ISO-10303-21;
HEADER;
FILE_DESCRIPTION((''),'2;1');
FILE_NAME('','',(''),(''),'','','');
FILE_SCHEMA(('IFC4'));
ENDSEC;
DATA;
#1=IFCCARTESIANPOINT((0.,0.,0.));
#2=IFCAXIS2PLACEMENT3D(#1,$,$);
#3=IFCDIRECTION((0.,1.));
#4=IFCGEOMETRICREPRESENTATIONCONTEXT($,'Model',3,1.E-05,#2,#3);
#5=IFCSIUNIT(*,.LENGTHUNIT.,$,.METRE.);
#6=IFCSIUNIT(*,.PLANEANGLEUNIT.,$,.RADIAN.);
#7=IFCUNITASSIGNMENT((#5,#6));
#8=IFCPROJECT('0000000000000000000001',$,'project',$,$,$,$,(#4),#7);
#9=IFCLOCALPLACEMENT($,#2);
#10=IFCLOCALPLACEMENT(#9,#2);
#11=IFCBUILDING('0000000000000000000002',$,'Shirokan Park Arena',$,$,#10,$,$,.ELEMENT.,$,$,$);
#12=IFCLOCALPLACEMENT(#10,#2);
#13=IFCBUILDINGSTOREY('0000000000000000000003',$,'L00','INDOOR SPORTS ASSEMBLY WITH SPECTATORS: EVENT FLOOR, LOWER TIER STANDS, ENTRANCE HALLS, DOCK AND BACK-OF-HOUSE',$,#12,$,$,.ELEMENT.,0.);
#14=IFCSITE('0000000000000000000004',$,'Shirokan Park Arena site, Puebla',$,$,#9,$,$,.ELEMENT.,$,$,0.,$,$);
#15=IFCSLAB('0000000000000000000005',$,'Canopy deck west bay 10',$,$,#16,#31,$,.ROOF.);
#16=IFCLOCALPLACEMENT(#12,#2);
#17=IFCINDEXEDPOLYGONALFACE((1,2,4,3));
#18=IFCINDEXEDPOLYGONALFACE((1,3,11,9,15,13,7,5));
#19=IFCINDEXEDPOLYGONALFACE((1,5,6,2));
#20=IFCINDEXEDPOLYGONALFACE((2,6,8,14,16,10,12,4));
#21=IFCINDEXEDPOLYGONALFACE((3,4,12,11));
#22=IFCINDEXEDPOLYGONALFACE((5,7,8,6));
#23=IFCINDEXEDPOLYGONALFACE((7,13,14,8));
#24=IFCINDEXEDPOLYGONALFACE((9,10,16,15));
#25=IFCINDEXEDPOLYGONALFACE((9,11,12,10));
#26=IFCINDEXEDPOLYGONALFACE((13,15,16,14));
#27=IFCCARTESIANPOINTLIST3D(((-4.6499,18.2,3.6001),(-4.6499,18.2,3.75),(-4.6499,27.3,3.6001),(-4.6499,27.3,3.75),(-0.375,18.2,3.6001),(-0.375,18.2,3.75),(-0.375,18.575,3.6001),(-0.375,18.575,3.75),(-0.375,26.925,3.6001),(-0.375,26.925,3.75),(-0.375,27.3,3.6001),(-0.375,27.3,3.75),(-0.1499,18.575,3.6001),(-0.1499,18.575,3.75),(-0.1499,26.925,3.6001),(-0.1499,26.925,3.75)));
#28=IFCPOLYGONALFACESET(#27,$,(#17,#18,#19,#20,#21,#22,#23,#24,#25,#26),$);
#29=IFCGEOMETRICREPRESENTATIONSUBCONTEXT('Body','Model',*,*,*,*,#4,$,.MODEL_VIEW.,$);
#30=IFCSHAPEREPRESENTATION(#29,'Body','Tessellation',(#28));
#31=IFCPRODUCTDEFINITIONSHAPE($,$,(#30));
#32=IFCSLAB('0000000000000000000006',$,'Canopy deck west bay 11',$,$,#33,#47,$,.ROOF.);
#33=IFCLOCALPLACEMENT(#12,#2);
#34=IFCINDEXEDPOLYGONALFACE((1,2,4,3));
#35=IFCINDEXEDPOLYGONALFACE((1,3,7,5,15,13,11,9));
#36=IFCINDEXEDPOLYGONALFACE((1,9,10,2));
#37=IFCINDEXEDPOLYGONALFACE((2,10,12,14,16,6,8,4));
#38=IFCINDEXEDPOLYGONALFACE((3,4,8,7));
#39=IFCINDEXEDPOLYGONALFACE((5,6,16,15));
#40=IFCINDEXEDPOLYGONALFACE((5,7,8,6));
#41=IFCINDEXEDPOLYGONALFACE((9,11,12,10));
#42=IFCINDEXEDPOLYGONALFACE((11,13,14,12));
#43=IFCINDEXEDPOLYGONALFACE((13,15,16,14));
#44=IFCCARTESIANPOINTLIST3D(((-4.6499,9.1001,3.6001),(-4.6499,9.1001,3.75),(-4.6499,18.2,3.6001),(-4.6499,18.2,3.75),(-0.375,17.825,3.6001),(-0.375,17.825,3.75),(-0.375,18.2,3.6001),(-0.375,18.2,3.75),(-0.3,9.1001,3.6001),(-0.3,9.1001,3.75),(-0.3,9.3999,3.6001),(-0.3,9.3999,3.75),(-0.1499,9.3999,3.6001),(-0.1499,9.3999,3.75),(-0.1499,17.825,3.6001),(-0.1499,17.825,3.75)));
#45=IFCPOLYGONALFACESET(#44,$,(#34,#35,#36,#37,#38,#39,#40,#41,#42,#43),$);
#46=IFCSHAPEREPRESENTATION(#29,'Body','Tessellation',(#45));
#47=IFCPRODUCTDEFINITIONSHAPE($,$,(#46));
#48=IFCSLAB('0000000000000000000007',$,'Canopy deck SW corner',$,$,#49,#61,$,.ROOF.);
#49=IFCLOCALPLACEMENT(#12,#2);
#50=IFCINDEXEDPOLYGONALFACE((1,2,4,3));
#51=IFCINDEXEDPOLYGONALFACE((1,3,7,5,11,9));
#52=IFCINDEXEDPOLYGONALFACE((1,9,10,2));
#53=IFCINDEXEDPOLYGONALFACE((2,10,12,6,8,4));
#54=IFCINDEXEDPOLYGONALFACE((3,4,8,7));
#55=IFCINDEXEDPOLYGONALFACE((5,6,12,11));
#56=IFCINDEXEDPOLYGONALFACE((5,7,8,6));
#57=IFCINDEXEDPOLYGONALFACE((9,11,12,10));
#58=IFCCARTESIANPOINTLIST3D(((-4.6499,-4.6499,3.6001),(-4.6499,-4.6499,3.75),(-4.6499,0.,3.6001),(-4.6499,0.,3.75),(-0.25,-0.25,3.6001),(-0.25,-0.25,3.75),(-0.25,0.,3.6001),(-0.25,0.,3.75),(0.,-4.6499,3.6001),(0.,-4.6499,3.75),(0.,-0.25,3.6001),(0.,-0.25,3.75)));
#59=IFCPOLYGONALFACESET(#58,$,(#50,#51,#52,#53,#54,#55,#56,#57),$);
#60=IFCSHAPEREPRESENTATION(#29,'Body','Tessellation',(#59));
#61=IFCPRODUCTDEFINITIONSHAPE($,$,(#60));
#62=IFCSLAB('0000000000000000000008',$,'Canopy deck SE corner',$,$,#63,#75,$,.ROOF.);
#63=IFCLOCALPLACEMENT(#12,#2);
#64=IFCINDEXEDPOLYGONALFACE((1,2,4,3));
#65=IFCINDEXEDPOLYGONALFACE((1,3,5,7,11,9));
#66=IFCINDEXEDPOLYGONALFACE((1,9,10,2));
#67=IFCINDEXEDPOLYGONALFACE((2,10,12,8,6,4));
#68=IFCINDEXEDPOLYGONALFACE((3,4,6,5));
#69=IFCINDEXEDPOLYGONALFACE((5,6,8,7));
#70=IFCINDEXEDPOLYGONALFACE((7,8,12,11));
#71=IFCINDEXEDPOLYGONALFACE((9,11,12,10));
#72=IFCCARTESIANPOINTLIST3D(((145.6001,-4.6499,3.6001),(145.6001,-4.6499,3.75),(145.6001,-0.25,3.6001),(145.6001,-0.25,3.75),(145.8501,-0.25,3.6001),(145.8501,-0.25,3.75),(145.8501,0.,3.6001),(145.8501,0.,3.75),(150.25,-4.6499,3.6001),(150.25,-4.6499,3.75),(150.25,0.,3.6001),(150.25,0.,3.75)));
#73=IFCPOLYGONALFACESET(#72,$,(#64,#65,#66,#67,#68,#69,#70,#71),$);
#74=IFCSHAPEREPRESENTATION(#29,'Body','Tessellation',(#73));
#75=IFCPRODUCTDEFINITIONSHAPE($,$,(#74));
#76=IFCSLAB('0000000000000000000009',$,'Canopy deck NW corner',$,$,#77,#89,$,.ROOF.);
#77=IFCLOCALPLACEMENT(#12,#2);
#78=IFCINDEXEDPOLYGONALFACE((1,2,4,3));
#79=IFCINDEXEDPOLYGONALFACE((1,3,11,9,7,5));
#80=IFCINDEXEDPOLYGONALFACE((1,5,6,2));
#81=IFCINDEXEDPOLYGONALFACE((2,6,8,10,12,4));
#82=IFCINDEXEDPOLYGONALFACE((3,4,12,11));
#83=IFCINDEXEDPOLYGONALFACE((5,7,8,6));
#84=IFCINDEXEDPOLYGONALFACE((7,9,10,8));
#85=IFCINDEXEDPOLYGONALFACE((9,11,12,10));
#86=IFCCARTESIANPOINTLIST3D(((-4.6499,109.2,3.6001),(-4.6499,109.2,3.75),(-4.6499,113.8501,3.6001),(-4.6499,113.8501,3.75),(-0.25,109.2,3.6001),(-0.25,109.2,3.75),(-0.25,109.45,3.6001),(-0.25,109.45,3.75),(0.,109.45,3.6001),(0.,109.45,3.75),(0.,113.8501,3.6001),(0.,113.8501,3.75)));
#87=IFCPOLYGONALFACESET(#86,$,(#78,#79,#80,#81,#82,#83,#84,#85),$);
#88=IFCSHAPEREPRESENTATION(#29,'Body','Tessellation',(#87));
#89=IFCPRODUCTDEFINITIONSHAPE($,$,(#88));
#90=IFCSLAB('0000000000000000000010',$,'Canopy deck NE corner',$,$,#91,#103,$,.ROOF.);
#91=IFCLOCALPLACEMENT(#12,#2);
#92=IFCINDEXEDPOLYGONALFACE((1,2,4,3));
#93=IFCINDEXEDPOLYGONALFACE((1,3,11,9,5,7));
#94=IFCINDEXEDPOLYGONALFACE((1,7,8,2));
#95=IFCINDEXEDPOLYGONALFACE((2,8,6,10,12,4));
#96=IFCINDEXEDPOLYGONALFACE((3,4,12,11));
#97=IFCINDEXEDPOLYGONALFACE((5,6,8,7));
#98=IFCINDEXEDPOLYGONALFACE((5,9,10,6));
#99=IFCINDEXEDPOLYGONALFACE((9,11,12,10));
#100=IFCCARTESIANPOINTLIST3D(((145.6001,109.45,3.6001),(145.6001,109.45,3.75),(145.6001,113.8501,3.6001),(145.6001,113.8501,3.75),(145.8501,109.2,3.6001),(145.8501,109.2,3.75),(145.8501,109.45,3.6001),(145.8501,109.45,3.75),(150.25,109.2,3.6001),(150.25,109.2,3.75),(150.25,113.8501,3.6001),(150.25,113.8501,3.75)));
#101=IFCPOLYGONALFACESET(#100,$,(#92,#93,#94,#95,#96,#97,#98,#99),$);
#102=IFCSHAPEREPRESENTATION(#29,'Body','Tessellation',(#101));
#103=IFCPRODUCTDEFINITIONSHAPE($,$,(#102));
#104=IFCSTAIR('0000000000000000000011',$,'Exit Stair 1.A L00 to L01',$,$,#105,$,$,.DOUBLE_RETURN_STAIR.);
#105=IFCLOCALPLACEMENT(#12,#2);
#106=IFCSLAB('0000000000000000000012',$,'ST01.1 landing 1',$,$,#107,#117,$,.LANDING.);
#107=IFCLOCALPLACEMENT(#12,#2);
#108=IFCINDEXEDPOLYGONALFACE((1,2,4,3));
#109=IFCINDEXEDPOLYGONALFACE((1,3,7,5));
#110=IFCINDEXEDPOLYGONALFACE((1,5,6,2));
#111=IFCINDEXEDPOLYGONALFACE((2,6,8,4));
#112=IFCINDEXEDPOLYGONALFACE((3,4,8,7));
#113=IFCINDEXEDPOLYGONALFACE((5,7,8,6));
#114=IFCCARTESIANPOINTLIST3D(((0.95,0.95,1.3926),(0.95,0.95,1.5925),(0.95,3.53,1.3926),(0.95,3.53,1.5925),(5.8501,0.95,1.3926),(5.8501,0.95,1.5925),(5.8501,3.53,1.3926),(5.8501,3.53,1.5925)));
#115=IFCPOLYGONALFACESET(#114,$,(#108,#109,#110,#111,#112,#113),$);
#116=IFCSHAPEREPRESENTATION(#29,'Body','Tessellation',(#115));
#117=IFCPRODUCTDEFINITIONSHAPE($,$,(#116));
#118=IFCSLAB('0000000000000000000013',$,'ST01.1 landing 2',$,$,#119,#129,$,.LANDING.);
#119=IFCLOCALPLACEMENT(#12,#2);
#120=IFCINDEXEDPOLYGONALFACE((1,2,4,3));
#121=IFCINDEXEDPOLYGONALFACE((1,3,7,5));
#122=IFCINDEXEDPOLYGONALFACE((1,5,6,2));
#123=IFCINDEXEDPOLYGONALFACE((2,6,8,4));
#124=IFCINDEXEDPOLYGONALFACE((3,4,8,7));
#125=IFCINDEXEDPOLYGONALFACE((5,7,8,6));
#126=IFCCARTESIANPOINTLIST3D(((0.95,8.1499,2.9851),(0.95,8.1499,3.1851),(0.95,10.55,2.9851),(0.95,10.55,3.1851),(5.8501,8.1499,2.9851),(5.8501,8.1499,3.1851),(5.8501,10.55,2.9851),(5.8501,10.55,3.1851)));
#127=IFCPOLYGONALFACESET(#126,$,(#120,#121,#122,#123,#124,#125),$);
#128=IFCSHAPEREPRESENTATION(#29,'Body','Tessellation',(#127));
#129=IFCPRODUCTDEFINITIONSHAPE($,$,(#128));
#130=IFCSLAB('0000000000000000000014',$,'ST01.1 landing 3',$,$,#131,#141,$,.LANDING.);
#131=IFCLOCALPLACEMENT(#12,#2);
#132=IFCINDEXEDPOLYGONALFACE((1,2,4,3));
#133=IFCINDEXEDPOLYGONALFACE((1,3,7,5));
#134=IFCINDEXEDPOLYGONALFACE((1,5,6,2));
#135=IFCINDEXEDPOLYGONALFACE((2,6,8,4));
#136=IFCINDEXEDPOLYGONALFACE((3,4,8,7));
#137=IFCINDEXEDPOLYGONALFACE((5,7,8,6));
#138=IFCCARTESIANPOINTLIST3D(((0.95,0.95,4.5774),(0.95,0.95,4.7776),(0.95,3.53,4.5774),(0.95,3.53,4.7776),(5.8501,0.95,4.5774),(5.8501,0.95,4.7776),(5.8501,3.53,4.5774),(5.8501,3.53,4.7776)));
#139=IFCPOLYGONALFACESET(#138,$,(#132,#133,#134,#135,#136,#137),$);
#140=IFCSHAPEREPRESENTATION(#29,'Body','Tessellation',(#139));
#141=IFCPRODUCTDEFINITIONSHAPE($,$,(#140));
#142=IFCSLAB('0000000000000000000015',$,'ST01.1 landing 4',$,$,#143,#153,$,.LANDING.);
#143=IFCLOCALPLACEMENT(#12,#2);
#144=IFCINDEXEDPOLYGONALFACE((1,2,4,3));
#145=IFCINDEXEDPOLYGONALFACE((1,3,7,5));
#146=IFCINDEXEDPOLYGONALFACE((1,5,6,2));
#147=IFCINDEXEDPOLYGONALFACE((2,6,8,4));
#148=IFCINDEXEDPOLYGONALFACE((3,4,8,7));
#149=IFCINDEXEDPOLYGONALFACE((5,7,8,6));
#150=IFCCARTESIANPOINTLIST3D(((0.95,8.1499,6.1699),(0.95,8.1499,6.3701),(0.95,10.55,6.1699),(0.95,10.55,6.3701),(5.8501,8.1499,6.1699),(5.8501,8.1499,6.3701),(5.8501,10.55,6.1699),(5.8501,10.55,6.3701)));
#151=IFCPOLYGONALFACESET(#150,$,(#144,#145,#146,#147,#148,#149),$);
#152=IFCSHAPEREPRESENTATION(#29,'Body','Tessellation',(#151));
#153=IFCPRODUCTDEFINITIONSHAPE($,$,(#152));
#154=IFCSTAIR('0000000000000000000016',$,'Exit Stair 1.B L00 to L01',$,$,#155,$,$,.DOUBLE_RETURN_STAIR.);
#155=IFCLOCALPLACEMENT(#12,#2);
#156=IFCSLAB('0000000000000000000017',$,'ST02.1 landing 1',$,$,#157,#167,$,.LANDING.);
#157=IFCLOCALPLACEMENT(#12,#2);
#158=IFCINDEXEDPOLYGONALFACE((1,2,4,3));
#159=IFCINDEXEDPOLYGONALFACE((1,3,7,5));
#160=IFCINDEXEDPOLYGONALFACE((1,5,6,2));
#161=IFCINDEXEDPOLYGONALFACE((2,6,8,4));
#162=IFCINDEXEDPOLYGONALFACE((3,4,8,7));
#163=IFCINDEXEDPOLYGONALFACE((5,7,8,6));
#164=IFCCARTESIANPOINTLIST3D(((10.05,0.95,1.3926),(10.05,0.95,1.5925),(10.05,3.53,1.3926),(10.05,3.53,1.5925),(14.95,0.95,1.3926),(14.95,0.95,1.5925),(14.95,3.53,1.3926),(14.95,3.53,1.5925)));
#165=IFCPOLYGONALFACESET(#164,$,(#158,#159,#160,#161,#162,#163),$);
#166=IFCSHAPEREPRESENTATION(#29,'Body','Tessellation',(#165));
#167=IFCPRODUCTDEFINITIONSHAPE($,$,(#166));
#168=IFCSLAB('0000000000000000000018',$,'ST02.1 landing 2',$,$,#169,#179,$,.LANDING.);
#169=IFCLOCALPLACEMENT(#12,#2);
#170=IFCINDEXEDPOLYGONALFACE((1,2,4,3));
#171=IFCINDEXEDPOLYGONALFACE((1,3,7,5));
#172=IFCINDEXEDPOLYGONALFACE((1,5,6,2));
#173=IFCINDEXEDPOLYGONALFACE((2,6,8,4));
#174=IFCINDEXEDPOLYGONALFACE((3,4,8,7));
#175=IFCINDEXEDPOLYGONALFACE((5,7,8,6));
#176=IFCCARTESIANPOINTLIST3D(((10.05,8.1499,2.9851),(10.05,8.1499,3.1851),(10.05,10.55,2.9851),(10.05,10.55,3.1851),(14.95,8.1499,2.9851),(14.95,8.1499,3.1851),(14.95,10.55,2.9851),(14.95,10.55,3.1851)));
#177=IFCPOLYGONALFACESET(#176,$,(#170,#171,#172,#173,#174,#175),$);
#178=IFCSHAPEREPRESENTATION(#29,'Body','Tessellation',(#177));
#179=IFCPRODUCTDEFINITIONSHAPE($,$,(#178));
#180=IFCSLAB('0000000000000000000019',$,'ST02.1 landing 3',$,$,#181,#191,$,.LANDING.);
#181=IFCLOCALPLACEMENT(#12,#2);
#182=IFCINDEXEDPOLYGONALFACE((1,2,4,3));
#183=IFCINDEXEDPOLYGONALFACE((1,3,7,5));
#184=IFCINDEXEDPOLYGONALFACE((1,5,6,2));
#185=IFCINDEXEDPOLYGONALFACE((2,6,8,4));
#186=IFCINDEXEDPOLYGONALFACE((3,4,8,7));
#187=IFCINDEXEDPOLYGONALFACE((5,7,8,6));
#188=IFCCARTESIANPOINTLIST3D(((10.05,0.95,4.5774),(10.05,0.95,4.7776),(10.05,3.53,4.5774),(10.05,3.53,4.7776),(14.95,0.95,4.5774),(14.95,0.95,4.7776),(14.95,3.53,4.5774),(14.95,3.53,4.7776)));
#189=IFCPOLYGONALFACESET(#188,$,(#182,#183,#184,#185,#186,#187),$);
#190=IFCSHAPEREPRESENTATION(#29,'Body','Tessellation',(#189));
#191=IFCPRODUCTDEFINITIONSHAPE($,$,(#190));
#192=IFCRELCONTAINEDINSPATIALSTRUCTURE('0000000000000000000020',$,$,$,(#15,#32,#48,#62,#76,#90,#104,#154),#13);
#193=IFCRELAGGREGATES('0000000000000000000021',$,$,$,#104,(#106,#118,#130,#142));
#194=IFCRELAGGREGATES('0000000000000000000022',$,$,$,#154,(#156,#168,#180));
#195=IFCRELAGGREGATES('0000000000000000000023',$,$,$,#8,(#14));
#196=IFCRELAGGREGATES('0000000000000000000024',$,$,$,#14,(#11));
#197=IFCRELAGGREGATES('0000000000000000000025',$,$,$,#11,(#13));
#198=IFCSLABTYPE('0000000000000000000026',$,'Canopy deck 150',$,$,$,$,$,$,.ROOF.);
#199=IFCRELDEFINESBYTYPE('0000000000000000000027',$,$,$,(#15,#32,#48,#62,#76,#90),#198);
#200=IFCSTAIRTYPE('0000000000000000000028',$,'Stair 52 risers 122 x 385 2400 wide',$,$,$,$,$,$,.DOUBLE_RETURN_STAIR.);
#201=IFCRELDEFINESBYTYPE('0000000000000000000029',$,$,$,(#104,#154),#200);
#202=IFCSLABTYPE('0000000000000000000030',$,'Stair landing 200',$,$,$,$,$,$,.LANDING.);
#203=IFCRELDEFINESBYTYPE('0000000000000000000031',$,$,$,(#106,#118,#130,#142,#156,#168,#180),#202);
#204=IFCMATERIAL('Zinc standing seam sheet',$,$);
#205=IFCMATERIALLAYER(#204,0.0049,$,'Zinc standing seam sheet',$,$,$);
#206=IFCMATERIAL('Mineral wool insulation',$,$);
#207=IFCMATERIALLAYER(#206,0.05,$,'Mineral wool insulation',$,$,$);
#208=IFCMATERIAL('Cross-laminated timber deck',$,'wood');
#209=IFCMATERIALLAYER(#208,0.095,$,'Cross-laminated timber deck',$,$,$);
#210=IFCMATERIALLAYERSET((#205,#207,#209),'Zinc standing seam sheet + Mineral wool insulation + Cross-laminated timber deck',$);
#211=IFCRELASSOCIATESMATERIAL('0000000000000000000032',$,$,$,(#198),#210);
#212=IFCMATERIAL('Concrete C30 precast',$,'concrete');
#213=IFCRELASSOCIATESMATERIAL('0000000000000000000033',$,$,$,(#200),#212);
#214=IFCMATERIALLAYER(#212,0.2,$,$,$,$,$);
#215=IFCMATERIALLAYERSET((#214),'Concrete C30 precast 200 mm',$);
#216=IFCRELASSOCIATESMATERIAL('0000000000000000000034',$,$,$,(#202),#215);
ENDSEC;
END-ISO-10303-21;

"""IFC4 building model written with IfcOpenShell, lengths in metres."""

from ifc_helpers import new_model, si_unit, direction, frame, origin, place, context, subcontext, project, spatial, polyline, outline, extrude, material, layer, layer_set, type_object, element, aggregate, save


model = new_model("IFC4")

# Units and contexts
model_context = context("Model", 3, precision=1e-05, world=origin(), true_north=direction((0.0, 1.0)))
body_context = subcontext(model_context, "Body", "Model", "MODEL_VIEW")
ifc_project = project(units=[si_unit("LENGTHUNIT", "METRE"), si_unit("PLANEANGLEUNIT", "RADIAN")], contexts=[model_context])

# Site, building, storey
site_placement = place(None, origin())
site = spatial("IfcSite", under=ifc_project, at=site_placement, Name="Shirokan Park Arena site, Puebla", CompositionType="ELEMENT", RefElevation=0.0)
building_placement = place(site_placement, origin())
building = spatial("IfcBuilding", under=site, at=building_placement, Name="Shirokan Park Arena", CompositionType="ELEMENT")
storey_placement = place(building_placement, origin())
storey = spatial("IfcBuildingStorey", under=building, at=storey_placement, Name="L00", Description="INDOOR SPORTS ASSEMBLY WITH SPECTATORS: EVENT FLOOR, LOWER TIER STANDS, ENTRANCE HALLS, DOCK AND BACK-OF-HOUSE", CompositionType="ELEMENT", Elevation=0.0)

# Slabs
ifc_material_1 = material(Name="Zinc standing seam sheet")
ifc_layer_1 = layer(ifc_material_1, 0.0049, Name="Zinc standing seam sheet")
ifc_material_2 = material(Name="Mineral wool insulation")
ifc_layer_2 = layer(ifc_material_2, 0.05, Name="Mineral wool insulation")
ifc_material_3 = material(Name="Cross-laminated timber deck", Category="wood")
ifc_layer_3 = layer(ifc_material_3, 0.095, Name="Cross-laminated timber deck")
ifc_layer_set_1 = layer_set([ifc_layer_1, ifc_layer_2, ifc_layer_3], Name="Zinc standing seam sheet + Mineral wool insulation + Cross-laminated timber deck")
slab_type_1 = type_object("IfcSlabType", Name="Canopy deck 150", PredefinedType="ROOF", material=ifc_layer_set_1)
slab_1_placement = place(storey_placement, frame((0.0, 0.0, 3.6001)))
element("IfcSlab", 1, at=slab_1_placement, inside=storey, type_object=slab_type_1, Name="Canopy deck west bay 10", PredefinedType="ROOF", context=body_context, shape_type="SweptSolid", body=[
    extrude(outline(polyline([(-0.1499, 18.575), (-0.375, 18.575), (-0.375, 18.2), (-4.6499, 18.2), (-4.6499, 27.3), (-0.375, 27.3), (-0.375, 26.925), (-0.1499, 26.925), (-0.1499, 18.575)])), origin(), (0.0, 0.0, 1.0), 0.1499),
])
slab_2_placement = place(storey_placement, frame((0.0, 0.0, 3.6001)))
element("IfcSlab", 2, at=slab_2_placement, inside=storey, type_object=slab_type_1, Name="Canopy deck west bay 11", PredefinedType="ROOF", context=body_context, shape_type="SweptSolid", body=[
    extrude(outline(polyline([(-0.1499, 9.3999), (-0.3, 9.3999), (-0.3, 9.1001), (-4.6499, 9.1001), (-4.6499, 18.2), (-0.375, 18.2), (-0.375, 17.825), (-0.1499, 17.825), (-0.1499, 9.3999)])), origin(), (0.0, 0.0, 1.0), 0.1499),
])
slab_3_placement = place(storey_placement, frame((0.0, 0.0, 3.6001)))
element("IfcSlab", 3, at=slab_3_placement, inside=storey, type_object=slab_type_1, Name="Canopy deck SW corner", PredefinedType="ROOF", context=body_context, shape_type="SweptSolid", body=[
    extrude(outline(polyline([(0.0, -4.6499), (-4.6499, -4.6499), (-4.6499, 0.0), (-0.25, 0.0), (-0.25, -0.25), (0.0, -0.25), (0.0, -4.6499)])), origin(), (0.0, 0.0, 1.0), 0.1499),
])
slab_4_placement = place(storey_placement, frame((0.0, 0.0, 3.6001)))
element("IfcSlab", 4, at=slab_4_placement, inside=storey, type_object=slab_type_1, Name="Canopy deck SE corner", PredefinedType="ROOF", context=body_context, shape_type="SweptSolid", body=[
    extrude(outline(polyline([(150.25, 0.0), (150.25, -4.6499), (145.6001, -4.6499), (145.6001, -0.25), (145.8501, -0.25), (145.8501, 0.0), (150.25, 0.0)])), origin(), (0.0, 0.0, 1.0), 0.1499),
])
slab_5_placement = place(storey_placement, frame((0.0, 0.0, 3.6001)))
element("IfcSlab", 5, at=slab_5_placement, inside=storey, type_object=slab_type_1, Name="Canopy deck NW corner", PredefinedType="ROOF", context=body_context, shape_type="SweptSolid", body=[
    extrude(outline(polyline([(-4.6499, 109.2), (-4.6499, 113.8501), (0.0, 113.8501), (0.0, 109.45), (-0.25, 109.45), (-0.25, 109.2), (-4.6499, 109.2)])), origin(), (0.0, 0.0, 1.0), 0.1499),
])
slab_6_placement = place(storey_placement, frame((0.0, 0.0, 3.6001)))
element("IfcSlab", 6, at=slab_6_placement, inside=storey, type_object=slab_type_1, Name="Canopy deck NE corner", PredefinedType="ROOF", context=body_context, shape_type="SweptSolid", body=[
    extrude(outline(polyline([(145.6001, 113.8501), (150.25, 113.8501), (150.25, 109.2), (145.8501, 109.2), (145.8501, 109.45), (145.6001, 109.45), (145.6001, 113.8501)])), origin(), (0.0, 0.0, 1.0), 0.1499),
])

# Stairs, slabs
ifc_material_4 = material(Name="Concrete C30 precast", Category="concrete")
stair_type = type_object("IfcStairType", Name="Stair 52 risers 122 x 385 2400 wide", PredefinedType="DOUBLE_RETURN_STAIR", material=ifc_material_4)
stair_1_placement = place(storey_placement, origin())
stair_1 = element("IfcStair", 7, at=stair_1_placement, inside=storey, type_object=stair_type, Name="Exit Stair 1.A L00 to L01", PredefinedType="DOUBLE_RETURN_STAIR")
ifc_layer_4 = layer(ifc_material_4, 0.2)
ifc_layer_set_2 = layer_set([ifc_layer_4], Name="Concrete C30 precast 200 mm")
slab_type_2 = type_object("IfcSlabType", Name="Stair landing 200", PredefinedType="LANDING", material=ifc_layer_set_2)
slab_7_placement = place(storey_placement, frame((0.0, 0.0, 1.3926)))
slab_7 = element("IfcSlab", 8, at=slab_7_placement, type_object=slab_type_2, Name="ST01.1 landing 1", PredefinedType="LANDING", context=body_context, shape_type="SweptSolid", body=[
    extrude(outline(polyline([(0.95, 0.95), (5.8501, 0.95), (5.8501, 3.53), (0.95, 3.53), (0.95, 0.95)])), origin(), (0.0, 0.0, 1.0), 0.2),
])
slab_8_placement = place(storey_placement, frame((0.0, 0.0, 2.9851)))
slab_8 = element("IfcSlab", 9, at=slab_8_placement, type_object=slab_type_2, Name="ST01.1 landing 2", PredefinedType="LANDING", context=body_context, shape_type="SweptSolid", body=[
    extrude(outline(polyline([(0.95, 8.1499), (5.8501, 8.1499), (5.8501, 10.55), (0.95, 10.55), (0.95, 8.1499)])), origin(), (0.0, 0.0, 1.0), 0.2),
])
slab_9_placement = place(storey_placement, frame((0.0, 0.0, 4.5774)))
slab_9 = element("IfcSlab", 10, at=slab_9_placement, type_object=slab_type_2, Name="ST01.1 landing 3", PredefinedType="LANDING", context=body_context, shape_type="SweptSolid", body=[
    extrude(outline(polyline([(0.95, 0.95), (5.8501, 0.95), (5.8501, 3.53), (0.95, 3.53), (0.95, 0.95)])), origin(), (0.0, 0.0, 1.0), 0.2002),
])
slab_10_placement = place(storey_placement, frame((0.0, 0.0, 6.1699)))
slab_10 = element("IfcSlab", 11, at=slab_10_placement, type_object=slab_type_2, Name="ST01.1 landing 4", PredefinedType="LANDING", context=body_context, shape_type="SweptSolid", body=[
    extrude(outline(polyline([(0.95, 8.1499), (5.8501, 8.1499), (5.8501, 10.55), (0.95, 10.55), (0.95, 8.1499)])), origin(), (0.0, 0.0, 1.0), 0.2002),
])
aggregate(stair_1, [slab_7, slab_8, slab_9, slab_10])
stair_2_placement = place(storey_placement, origin())
stair_2 = element("IfcStair", 12, at=stair_2_placement, inside=storey, type_object=stair_type, Name="Exit Stair 1.B L00 to L01", PredefinedType="DOUBLE_RETURN_STAIR")
slab_11_placement = place(storey_placement, frame((0.0, 0.0, 1.3926)))
slab_11 = element("IfcSlab", 13, at=slab_11_placement, type_object=slab_type_2, Name="ST02.1 landing 1", PredefinedType="LANDING", context=body_context, shape_type="SweptSolid", body=[
    extrude(outline(polyline([(10.05, 0.95), (14.95, 0.95), (14.95, 3.53), (10.05, 3.53), (10.05, 0.95)])), origin(), (0.0, 0.0, 1.0), 0.2),
])
slab_12_placement = place(storey_placement, frame((0.0, 0.0, 2.9851)))
slab_12 = element("IfcSlab", 14, at=slab_12_placement, type_object=slab_type_2, Name="ST02.1 landing 2", PredefinedType="LANDING", context=body_context, shape_type="SweptSolid", body=[
    extrude(outline(polyline([(10.05, 8.1499), (14.95, 8.1499), (14.95, 10.55), (10.05, 10.55), (10.05, 8.1499)])), origin(), (0.0, 0.0, 1.0), 0.2),
])
slab_13_placement = place(storey_placement, frame((0.0, 0.0, 4.5774)))
slab_13 = element("IfcSlab", 15, at=slab_13_placement, type_object=slab_type_2, Name="ST02.1 landing 3", PredefinedType="LANDING", context=body_context, shape_type="SweptSolid", body=[
    extrude(outline(polyline([(10.05, 0.95), (14.95, 0.95), (14.95, 3.53), (10.05, 3.53), (10.05, 0.95)])), origin(), (0.0, 0.0, 1.0), 0.2002),
])
aggregate(stair_2, [slab_11, slab_12, slab_13])

save(model, "model.ifc")
